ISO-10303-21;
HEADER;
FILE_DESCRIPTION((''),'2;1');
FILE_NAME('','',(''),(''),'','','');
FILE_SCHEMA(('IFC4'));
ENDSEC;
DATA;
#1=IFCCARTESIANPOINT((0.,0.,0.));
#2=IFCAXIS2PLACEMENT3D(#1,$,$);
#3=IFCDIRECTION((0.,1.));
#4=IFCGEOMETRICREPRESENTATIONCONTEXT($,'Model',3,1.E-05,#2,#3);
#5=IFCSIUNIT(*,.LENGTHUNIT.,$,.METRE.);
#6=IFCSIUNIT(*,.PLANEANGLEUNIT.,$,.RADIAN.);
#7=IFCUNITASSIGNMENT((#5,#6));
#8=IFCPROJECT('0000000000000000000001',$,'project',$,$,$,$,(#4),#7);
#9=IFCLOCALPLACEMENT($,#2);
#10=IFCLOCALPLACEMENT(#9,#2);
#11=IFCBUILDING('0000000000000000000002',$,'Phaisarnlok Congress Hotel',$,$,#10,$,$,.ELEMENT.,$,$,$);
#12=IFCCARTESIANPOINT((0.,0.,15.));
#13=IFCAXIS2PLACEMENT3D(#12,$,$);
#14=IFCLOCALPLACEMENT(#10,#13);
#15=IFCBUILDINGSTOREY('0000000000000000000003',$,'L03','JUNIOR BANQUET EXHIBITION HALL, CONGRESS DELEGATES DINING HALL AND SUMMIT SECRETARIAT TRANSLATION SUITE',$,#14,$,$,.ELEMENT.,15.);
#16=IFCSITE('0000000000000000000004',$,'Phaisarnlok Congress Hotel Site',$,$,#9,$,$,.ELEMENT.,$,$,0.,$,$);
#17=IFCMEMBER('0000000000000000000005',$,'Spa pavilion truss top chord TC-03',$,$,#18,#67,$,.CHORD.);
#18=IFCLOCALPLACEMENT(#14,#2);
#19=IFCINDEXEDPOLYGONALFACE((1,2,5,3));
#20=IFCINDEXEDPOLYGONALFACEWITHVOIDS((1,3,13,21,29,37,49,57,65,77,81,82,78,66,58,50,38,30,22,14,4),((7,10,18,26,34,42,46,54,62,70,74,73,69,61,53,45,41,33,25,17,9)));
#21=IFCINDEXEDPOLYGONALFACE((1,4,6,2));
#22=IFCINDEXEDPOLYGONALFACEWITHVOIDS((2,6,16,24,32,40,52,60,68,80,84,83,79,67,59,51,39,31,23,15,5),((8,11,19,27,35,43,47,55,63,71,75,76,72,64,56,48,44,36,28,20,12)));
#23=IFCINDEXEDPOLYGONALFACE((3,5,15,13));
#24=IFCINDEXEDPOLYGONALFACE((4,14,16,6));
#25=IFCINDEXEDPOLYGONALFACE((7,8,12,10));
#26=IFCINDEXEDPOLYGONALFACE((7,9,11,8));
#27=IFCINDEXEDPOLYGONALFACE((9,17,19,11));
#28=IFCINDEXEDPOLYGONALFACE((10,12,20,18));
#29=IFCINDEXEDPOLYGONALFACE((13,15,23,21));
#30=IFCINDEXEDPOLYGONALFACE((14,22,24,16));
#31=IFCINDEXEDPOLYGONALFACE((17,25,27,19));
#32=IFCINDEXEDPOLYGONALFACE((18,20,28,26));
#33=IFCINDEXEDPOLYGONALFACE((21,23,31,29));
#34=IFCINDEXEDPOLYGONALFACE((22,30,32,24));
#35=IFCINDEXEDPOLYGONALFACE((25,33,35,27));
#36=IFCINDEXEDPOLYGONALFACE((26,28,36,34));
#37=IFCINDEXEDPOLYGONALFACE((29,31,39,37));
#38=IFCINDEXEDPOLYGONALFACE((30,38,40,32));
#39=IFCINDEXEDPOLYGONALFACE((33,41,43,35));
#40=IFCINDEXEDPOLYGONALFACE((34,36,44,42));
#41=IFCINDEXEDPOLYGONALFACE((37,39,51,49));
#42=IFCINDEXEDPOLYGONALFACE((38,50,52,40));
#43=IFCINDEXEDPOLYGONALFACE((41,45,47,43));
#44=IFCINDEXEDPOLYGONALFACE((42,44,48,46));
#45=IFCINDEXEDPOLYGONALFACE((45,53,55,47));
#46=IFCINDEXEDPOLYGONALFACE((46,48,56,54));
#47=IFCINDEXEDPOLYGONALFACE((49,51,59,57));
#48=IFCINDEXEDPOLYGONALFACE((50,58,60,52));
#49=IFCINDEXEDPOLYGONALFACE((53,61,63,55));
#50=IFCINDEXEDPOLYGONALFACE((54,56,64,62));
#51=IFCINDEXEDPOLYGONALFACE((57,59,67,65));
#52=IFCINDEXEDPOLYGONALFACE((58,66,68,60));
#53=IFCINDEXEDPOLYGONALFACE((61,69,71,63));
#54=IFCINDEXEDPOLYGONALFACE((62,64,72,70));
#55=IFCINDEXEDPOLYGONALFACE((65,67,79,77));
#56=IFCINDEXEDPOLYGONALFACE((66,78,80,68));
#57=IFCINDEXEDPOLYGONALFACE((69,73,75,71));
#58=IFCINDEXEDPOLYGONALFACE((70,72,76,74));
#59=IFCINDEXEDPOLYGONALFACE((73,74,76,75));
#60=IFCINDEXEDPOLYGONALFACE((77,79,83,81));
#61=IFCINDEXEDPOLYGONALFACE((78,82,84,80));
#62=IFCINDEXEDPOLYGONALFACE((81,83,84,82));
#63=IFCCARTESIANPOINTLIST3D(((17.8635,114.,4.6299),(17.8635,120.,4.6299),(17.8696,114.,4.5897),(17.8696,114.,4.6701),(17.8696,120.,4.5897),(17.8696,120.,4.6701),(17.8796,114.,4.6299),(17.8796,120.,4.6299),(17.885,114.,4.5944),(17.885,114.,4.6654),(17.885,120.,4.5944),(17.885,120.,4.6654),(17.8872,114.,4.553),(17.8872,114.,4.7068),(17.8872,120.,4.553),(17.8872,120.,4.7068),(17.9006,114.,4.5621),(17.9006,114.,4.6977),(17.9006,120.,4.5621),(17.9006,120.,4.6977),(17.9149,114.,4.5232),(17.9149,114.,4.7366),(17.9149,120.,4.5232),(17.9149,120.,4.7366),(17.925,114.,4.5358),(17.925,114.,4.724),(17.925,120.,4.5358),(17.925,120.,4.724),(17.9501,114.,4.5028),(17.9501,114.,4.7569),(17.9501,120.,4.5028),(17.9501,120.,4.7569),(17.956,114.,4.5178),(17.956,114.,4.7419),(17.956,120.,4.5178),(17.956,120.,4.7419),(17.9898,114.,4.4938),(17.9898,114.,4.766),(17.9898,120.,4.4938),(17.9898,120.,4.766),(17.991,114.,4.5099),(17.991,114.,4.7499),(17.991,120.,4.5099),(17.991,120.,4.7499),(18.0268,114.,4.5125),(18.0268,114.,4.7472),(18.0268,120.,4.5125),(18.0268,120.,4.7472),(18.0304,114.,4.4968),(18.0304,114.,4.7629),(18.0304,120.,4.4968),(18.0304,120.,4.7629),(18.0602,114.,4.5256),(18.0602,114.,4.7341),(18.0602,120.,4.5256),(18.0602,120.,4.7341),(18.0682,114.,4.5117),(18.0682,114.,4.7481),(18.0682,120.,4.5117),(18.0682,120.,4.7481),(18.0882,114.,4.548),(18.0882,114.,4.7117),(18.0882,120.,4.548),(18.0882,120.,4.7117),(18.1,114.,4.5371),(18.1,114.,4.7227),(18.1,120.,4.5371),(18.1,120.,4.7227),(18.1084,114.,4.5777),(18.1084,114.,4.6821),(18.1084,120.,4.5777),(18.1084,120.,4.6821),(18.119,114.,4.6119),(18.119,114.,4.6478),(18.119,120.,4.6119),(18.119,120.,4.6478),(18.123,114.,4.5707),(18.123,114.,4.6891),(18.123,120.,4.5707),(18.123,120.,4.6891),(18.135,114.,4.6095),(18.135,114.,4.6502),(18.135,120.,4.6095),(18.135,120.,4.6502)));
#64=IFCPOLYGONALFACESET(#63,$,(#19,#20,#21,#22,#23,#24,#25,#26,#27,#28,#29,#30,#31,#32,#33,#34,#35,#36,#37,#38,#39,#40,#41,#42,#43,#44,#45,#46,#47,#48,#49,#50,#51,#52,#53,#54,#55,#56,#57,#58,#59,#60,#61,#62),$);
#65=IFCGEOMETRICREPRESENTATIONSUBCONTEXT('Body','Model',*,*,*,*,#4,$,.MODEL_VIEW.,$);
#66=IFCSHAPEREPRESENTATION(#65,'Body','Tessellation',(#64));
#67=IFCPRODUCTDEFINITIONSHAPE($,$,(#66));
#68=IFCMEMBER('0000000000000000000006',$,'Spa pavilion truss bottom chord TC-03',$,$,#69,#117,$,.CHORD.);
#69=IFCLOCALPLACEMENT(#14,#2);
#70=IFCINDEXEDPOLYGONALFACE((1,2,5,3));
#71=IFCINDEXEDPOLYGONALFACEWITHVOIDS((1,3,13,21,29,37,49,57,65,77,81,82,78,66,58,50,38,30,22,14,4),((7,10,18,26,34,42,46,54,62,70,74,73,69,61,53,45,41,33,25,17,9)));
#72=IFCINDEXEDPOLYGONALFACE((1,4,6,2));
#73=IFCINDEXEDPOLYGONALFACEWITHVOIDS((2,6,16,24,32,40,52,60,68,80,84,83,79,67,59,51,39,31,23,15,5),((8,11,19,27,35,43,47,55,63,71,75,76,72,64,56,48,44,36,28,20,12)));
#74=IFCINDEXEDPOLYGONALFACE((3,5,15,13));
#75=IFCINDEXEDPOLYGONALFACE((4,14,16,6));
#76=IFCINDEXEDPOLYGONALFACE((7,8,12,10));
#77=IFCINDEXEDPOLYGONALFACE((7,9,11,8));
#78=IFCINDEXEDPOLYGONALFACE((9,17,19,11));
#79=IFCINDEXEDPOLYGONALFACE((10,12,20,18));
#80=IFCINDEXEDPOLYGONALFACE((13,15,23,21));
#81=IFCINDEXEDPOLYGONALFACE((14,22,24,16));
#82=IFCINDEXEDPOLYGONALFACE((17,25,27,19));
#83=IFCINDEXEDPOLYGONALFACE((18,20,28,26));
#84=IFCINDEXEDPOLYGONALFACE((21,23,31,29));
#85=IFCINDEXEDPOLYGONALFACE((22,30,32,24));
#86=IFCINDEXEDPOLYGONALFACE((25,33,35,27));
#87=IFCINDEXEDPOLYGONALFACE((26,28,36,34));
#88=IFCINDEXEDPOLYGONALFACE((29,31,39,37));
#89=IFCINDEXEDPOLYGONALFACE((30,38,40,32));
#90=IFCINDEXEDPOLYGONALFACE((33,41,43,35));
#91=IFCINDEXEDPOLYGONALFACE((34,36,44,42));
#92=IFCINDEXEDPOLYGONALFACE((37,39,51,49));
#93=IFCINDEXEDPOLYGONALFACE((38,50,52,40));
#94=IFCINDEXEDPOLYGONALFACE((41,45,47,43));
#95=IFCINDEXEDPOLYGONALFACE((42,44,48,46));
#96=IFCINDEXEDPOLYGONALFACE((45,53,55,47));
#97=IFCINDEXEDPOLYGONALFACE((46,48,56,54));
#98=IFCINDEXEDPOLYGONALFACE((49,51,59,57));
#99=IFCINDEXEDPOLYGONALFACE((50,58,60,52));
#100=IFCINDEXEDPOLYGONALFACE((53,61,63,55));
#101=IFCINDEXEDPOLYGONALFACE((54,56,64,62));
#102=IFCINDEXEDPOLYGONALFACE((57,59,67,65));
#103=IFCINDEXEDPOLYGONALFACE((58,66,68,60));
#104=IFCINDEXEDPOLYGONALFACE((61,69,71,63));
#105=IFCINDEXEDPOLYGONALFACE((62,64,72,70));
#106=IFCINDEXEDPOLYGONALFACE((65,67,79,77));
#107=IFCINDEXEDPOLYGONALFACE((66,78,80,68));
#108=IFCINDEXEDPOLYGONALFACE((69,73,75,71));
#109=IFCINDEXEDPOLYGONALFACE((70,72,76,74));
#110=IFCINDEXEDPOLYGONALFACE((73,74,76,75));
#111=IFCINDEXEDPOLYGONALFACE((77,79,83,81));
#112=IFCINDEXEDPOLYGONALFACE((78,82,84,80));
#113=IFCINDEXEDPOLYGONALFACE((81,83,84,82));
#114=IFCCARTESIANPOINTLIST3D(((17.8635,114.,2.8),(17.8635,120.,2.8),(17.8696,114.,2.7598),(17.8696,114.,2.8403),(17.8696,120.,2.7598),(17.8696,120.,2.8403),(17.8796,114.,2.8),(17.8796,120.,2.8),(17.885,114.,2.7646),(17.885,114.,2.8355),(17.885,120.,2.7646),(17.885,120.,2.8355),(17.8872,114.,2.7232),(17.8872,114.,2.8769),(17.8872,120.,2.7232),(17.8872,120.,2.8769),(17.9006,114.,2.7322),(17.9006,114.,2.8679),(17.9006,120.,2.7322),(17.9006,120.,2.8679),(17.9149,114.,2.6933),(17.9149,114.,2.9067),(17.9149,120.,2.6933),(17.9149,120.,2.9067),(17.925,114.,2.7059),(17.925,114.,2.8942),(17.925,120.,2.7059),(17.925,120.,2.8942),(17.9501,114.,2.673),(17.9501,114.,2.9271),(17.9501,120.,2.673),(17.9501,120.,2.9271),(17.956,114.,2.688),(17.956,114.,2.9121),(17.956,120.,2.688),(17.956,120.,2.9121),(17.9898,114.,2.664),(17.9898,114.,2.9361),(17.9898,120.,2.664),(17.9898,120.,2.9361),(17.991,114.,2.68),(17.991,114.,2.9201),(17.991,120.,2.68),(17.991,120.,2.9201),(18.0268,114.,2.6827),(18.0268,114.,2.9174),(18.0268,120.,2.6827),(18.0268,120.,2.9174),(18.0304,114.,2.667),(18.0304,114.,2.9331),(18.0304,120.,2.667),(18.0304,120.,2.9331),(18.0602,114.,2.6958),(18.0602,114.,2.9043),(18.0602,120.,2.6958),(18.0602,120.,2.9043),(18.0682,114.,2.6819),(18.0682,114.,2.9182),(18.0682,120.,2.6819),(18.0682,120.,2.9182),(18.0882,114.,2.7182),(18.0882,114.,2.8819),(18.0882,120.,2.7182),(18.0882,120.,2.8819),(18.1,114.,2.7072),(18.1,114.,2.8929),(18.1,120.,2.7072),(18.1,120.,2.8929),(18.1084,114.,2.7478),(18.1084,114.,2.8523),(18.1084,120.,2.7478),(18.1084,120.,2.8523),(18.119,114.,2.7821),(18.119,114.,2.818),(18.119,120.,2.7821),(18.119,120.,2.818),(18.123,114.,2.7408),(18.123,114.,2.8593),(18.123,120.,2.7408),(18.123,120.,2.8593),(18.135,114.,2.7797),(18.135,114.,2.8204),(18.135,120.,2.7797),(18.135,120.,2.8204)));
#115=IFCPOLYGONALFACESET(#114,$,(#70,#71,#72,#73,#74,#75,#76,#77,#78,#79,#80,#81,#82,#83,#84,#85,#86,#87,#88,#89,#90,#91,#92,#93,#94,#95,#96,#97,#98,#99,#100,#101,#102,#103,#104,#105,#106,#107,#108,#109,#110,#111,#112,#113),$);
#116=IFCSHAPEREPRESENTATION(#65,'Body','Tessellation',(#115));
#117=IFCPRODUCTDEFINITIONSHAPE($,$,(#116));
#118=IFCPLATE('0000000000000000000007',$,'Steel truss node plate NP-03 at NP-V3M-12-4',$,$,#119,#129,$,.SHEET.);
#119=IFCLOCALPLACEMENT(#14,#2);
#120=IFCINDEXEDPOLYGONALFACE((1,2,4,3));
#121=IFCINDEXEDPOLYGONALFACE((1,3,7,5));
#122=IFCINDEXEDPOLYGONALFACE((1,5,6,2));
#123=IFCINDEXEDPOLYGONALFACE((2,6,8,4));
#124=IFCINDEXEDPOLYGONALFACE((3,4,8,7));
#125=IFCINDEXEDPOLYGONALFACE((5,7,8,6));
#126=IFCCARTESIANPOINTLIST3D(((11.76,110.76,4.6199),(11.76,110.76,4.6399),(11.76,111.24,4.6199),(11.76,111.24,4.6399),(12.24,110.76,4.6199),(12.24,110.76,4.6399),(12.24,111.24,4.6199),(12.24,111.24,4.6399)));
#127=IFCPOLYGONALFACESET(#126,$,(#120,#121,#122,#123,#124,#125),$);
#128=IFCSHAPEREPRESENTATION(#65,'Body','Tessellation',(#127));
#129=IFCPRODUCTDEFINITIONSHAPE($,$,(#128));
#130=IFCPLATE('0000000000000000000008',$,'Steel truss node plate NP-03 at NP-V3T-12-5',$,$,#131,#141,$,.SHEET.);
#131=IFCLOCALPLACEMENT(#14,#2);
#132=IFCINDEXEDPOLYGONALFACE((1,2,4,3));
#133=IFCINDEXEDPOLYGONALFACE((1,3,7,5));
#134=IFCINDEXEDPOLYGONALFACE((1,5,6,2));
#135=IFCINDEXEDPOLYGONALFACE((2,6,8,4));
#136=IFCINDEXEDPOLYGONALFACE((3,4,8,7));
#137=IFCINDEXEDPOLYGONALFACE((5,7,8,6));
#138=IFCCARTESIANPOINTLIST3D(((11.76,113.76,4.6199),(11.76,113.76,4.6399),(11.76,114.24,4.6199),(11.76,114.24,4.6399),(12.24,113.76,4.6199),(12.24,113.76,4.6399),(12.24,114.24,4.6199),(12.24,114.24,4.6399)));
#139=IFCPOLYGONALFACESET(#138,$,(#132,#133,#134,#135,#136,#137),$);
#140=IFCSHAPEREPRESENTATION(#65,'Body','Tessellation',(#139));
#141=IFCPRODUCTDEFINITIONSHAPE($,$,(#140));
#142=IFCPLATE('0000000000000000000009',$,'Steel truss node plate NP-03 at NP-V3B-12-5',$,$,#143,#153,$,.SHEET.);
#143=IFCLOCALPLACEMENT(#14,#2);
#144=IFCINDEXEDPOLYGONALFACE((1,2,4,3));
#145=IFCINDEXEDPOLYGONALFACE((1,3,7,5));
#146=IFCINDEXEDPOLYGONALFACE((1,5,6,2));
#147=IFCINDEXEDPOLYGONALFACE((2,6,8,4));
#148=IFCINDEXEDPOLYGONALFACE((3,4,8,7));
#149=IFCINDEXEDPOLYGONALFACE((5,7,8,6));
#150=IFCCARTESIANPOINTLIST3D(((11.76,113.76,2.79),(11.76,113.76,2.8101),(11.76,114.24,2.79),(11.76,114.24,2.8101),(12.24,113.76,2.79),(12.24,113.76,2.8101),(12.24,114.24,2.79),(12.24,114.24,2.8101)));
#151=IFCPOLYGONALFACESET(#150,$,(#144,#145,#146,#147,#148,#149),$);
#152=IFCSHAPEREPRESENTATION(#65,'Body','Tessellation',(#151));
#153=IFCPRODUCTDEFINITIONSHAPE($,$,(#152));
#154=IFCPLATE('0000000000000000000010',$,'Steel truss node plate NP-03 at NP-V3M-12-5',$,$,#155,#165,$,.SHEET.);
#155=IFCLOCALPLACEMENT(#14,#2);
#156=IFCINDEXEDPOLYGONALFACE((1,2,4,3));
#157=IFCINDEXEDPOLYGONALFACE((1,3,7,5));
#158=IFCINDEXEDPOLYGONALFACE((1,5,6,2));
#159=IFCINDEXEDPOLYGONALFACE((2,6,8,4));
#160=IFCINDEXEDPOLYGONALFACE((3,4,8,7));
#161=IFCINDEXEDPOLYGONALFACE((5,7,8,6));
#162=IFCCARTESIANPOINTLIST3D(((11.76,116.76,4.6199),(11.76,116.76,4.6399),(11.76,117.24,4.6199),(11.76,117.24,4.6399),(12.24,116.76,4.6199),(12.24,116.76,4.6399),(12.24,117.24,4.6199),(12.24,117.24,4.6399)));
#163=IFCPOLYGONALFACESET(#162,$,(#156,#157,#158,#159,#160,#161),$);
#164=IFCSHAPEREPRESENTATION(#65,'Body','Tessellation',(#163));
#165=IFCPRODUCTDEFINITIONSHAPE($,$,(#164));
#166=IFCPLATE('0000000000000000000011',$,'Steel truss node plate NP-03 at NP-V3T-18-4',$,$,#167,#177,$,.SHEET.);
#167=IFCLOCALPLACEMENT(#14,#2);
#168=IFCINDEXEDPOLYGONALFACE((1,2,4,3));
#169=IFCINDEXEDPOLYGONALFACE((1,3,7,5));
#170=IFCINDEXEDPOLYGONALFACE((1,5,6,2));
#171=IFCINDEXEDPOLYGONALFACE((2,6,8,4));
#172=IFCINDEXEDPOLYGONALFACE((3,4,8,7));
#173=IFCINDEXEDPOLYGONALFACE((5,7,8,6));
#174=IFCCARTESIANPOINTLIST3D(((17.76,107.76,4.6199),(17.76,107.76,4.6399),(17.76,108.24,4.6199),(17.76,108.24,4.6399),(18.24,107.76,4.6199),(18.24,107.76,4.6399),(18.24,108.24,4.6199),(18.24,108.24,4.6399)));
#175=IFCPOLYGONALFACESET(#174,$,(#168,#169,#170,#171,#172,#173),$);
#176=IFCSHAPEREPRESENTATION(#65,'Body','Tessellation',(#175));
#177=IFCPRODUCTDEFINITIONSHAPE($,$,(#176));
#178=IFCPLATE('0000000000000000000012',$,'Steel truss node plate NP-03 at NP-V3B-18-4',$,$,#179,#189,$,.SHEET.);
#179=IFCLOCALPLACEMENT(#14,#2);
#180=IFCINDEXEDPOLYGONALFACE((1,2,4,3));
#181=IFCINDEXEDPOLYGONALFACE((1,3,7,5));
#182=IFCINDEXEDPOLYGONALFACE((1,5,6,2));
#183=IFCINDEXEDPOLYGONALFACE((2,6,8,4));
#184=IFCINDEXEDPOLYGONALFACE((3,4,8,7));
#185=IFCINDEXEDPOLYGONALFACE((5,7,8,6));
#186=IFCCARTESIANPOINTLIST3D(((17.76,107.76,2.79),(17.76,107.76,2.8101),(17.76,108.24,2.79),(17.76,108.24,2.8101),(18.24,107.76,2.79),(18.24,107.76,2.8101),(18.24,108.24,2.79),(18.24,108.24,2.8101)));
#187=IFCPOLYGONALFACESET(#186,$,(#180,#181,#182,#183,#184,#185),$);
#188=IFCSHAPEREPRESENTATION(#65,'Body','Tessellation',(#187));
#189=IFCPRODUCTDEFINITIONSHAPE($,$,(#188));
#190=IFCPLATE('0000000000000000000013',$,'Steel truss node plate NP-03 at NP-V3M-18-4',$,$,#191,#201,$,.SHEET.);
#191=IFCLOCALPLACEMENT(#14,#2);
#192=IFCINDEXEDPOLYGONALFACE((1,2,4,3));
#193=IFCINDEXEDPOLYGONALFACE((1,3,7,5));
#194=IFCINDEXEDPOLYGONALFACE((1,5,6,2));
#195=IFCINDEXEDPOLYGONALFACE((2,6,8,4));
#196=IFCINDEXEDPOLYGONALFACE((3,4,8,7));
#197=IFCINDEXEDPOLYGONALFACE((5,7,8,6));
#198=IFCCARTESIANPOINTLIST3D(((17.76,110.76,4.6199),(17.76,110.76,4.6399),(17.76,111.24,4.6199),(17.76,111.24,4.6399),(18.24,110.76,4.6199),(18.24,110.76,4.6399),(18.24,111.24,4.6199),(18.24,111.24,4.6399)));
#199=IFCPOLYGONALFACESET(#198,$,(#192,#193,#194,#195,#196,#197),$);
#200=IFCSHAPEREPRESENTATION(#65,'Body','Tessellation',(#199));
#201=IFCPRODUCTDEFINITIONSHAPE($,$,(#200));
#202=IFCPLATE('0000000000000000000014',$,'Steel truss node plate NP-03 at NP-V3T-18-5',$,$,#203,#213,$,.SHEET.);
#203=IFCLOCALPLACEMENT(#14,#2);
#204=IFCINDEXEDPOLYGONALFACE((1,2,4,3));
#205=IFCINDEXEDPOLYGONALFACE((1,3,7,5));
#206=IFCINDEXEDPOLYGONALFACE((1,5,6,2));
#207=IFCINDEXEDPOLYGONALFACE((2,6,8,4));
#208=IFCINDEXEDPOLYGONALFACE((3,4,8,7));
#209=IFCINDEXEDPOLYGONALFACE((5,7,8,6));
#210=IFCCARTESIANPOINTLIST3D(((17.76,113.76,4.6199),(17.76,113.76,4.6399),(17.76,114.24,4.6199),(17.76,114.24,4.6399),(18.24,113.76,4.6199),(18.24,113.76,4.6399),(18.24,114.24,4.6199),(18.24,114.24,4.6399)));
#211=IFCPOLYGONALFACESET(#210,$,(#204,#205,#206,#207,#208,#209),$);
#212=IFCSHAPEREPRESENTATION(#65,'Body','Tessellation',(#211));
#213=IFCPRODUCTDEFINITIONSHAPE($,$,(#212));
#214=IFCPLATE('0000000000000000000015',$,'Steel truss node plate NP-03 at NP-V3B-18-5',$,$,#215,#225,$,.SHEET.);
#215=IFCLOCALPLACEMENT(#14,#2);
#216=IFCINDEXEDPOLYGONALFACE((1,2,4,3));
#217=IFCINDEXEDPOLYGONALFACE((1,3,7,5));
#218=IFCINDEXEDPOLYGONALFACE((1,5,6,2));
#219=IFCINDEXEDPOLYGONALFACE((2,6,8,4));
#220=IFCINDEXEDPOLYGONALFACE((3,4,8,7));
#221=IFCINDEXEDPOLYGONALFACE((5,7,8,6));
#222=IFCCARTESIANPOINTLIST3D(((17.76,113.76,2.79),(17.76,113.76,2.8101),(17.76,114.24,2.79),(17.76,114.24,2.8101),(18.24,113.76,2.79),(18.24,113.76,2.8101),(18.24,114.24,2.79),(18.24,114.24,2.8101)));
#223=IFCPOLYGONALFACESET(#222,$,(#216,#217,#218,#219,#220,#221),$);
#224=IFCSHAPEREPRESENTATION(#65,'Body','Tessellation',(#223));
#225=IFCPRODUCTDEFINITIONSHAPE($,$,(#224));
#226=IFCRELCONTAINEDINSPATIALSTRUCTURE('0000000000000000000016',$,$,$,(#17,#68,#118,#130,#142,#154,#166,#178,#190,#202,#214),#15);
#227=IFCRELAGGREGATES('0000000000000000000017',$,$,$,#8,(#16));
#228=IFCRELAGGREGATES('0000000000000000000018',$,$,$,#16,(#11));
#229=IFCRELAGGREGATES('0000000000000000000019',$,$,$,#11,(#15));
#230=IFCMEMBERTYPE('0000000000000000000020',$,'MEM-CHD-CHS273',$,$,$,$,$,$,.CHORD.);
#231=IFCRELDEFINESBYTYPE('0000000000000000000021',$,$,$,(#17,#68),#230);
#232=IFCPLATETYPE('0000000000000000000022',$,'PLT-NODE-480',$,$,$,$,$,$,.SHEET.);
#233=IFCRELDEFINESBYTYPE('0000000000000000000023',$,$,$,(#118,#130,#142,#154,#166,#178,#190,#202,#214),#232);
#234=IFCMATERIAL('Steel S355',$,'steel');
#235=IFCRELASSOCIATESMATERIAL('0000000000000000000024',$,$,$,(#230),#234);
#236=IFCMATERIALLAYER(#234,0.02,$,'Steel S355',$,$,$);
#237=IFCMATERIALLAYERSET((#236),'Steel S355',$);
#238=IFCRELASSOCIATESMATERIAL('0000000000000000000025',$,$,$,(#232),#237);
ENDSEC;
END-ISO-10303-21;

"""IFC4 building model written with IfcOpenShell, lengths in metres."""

from ifc_helpers import new_model, si_unit, direction, frame, origin, origin_2d, place, context, subcontext, project, spatial, rectangle, hollow_circle, extrude, material, layer, layer_set, material_profile, profile_set, type_object, element, save


model = new_model("IFC4")

# Units and contexts
model_context = context("Model", 3, precision=1e-05, world=origin(), true_north=direction((0.0, 1.0)))
body_context = subcontext(model_context, "Body", "Model", "MODEL_VIEW")
ifc_project = project(units=[si_unit("LENGTHUNIT", "METRE"), si_unit("PLANEANGLEUNIT", "RADIAN")], contexts=[model_context])

# Site, building, storey
site_placement = place(None, origin())
site = spatial("IfcSite", under=ifc_project, at=site_placement, Name="Phaisarnlok Congress Hotel Site", CompositionType="ELEMENT", RefElevation=0.0)
building_placement = place(site_placement, origin())
building = spatial("IfcBuilding", under=site, at=building_placement, Name="Phaisarnlok Congress Hotel", CompositionType="ELEMENT")
storey_placement = place(building_placement, frame((0.0, 0.0, 15.0)))
storey = spatial("IfcBuildingStorey", under=building, at=storey_placement, Name="L03", Description="JUNIOR BANQUET EXHIBITION HALL, CONGRESS DELEGATES DINING HALL AND SUMMIT SECRETARIAT TRANSLATION SUITE", CompositionType="ELEMENT", Elevation=15.0)

# Members
ifc_material_1 = material(Name="Steel S355", Category="steel")
ifc_material_profile_1 = material_profile(ifc_material_1, hollow_circle(Radius=0.1365, WallThickness=0.0161, at=origin_2d()), Name="CHS 273x16")
ifc_profile_set_1 = profile_set([ifc_material_profile_1], Name="Steel S355")
member_type_1 = type_object("IfcMemberType", Name="MEM-CHD-CHS273", PredefinedType="CHORD", material=ifc_profile_set_1)
for number, where, z_axis, x_axis, name in (
    (1, (18.0, 114.0, 4.6299), (0.0, 1.0, 0.0), (-1.0, 0.0, 0.0), "Spa pavilion truss top chord TC-03"),
    (2, (18.0, 114.0, 2.8), (0.0, 1.0, 0.0), (-1.0, 0.0, 0.0), "Spa pavilion truss bottom chord TC-03"),
):
    element("IfcMember", number, at=place(storey_placement, frame(where, z_axis=z_axis, x_axis=x_axis)), inside=storey, type_object=member_type_1, Name=name, PredefinedType="CHORD", context=body_context, shape_type="SweptSolid", body=[
        extrude(hollow_circle(Radius=0.1365, WallThickness=0.0161, at=origin_2d()), origin(), (0.0, 0.0, 1.0), 6.0),
    ])

# Plates
ifc_layer = layer(ifc_material_1, 0.02, Name="Steel S355")
ifc_layer_set = layer_set([ifc_layer], Name="Steel S355")
plate_type = type_object("IfcPlateType", Name="PLT-NODE-480", PredefinedType="SHEET", material=ifc_layer_set)
for number, where, z_axis, x_axis, name in (
    (3, (12.0, 111.0, 4.6199), (0.0, 0.0, 1.0), (1.0, 0.0, 0.0), "Steel truss node plate NP-03 at NP-V3M-12-4"),
    (4, (12.0, 114.0, 4.6199), (0.0, 0.0, 1.0), (1.0, 0.0, 0.0), "Steel truss node plate NP-03 at NP-V3T-12-5"),
    (5, (12.0, 114.0, 2.79), (0.0, 0.0, 1.0), (1.0, 0.0, 0.0), "Steel truss node plate NP-03 at NP-V3B-12-5"),
    (6, (12.0, 117.0, 4.6199), (0.0, 0.0, 1.0), (1.0, 0.0, 0.0), "Steel truss node plate NP-03 at NP-V3M-12-5"),
    (7, (18.0, 108.0, 4.6199), (0.0, 0.0, 1.0), (1.0, 0.0, 0.0), "Steel truss node plate NP-03 at NP-V3T-18-4"),
    (8, (18.0, 108.0, 2.79), (0.0, 0.0, 1.0), (1.0, 0.0, 0.0), "Steel truss node plate NP-03 at NP-V3B-18-4"),
    (9, (18.0, 111.0, 4.6199), (0.0, 0.0, 1.0), (1.0, 0.0, 0.0), "Steel truss node plate NP-03 at NP-V3M-18-4"),
    (10, (18.0, 114.0, 4.6199), (0.0, 0.0, 1.0), (1.0, 0.0, 0.0), "Steel truss node plate NP-03 at NP-V3T-18-5"),
    (11, (18.0, 114.0, 2.79), (0.0, 0.0, 1.0), (1.0, 0.0, 0.0), "Steel truss node plate NP-03 at NP-V3B-18-5"),
):
    element("IfcPlate", number, at=place(storey_placement, frame(where, z_axis=z_axis, x_axis=x_axis)), inside=storey, type_object=plate_type, Name=name, PredefinedType="SHEET", context=body_context, shape_type="SweptSolid", body=[
        extrude(rectangle(XDim=0.48, YDim=0.48, at=origin_2d()), origin(), (0.0, 0.0, 1.0), 0.02),
    ])

save(model, "model.ifc")
